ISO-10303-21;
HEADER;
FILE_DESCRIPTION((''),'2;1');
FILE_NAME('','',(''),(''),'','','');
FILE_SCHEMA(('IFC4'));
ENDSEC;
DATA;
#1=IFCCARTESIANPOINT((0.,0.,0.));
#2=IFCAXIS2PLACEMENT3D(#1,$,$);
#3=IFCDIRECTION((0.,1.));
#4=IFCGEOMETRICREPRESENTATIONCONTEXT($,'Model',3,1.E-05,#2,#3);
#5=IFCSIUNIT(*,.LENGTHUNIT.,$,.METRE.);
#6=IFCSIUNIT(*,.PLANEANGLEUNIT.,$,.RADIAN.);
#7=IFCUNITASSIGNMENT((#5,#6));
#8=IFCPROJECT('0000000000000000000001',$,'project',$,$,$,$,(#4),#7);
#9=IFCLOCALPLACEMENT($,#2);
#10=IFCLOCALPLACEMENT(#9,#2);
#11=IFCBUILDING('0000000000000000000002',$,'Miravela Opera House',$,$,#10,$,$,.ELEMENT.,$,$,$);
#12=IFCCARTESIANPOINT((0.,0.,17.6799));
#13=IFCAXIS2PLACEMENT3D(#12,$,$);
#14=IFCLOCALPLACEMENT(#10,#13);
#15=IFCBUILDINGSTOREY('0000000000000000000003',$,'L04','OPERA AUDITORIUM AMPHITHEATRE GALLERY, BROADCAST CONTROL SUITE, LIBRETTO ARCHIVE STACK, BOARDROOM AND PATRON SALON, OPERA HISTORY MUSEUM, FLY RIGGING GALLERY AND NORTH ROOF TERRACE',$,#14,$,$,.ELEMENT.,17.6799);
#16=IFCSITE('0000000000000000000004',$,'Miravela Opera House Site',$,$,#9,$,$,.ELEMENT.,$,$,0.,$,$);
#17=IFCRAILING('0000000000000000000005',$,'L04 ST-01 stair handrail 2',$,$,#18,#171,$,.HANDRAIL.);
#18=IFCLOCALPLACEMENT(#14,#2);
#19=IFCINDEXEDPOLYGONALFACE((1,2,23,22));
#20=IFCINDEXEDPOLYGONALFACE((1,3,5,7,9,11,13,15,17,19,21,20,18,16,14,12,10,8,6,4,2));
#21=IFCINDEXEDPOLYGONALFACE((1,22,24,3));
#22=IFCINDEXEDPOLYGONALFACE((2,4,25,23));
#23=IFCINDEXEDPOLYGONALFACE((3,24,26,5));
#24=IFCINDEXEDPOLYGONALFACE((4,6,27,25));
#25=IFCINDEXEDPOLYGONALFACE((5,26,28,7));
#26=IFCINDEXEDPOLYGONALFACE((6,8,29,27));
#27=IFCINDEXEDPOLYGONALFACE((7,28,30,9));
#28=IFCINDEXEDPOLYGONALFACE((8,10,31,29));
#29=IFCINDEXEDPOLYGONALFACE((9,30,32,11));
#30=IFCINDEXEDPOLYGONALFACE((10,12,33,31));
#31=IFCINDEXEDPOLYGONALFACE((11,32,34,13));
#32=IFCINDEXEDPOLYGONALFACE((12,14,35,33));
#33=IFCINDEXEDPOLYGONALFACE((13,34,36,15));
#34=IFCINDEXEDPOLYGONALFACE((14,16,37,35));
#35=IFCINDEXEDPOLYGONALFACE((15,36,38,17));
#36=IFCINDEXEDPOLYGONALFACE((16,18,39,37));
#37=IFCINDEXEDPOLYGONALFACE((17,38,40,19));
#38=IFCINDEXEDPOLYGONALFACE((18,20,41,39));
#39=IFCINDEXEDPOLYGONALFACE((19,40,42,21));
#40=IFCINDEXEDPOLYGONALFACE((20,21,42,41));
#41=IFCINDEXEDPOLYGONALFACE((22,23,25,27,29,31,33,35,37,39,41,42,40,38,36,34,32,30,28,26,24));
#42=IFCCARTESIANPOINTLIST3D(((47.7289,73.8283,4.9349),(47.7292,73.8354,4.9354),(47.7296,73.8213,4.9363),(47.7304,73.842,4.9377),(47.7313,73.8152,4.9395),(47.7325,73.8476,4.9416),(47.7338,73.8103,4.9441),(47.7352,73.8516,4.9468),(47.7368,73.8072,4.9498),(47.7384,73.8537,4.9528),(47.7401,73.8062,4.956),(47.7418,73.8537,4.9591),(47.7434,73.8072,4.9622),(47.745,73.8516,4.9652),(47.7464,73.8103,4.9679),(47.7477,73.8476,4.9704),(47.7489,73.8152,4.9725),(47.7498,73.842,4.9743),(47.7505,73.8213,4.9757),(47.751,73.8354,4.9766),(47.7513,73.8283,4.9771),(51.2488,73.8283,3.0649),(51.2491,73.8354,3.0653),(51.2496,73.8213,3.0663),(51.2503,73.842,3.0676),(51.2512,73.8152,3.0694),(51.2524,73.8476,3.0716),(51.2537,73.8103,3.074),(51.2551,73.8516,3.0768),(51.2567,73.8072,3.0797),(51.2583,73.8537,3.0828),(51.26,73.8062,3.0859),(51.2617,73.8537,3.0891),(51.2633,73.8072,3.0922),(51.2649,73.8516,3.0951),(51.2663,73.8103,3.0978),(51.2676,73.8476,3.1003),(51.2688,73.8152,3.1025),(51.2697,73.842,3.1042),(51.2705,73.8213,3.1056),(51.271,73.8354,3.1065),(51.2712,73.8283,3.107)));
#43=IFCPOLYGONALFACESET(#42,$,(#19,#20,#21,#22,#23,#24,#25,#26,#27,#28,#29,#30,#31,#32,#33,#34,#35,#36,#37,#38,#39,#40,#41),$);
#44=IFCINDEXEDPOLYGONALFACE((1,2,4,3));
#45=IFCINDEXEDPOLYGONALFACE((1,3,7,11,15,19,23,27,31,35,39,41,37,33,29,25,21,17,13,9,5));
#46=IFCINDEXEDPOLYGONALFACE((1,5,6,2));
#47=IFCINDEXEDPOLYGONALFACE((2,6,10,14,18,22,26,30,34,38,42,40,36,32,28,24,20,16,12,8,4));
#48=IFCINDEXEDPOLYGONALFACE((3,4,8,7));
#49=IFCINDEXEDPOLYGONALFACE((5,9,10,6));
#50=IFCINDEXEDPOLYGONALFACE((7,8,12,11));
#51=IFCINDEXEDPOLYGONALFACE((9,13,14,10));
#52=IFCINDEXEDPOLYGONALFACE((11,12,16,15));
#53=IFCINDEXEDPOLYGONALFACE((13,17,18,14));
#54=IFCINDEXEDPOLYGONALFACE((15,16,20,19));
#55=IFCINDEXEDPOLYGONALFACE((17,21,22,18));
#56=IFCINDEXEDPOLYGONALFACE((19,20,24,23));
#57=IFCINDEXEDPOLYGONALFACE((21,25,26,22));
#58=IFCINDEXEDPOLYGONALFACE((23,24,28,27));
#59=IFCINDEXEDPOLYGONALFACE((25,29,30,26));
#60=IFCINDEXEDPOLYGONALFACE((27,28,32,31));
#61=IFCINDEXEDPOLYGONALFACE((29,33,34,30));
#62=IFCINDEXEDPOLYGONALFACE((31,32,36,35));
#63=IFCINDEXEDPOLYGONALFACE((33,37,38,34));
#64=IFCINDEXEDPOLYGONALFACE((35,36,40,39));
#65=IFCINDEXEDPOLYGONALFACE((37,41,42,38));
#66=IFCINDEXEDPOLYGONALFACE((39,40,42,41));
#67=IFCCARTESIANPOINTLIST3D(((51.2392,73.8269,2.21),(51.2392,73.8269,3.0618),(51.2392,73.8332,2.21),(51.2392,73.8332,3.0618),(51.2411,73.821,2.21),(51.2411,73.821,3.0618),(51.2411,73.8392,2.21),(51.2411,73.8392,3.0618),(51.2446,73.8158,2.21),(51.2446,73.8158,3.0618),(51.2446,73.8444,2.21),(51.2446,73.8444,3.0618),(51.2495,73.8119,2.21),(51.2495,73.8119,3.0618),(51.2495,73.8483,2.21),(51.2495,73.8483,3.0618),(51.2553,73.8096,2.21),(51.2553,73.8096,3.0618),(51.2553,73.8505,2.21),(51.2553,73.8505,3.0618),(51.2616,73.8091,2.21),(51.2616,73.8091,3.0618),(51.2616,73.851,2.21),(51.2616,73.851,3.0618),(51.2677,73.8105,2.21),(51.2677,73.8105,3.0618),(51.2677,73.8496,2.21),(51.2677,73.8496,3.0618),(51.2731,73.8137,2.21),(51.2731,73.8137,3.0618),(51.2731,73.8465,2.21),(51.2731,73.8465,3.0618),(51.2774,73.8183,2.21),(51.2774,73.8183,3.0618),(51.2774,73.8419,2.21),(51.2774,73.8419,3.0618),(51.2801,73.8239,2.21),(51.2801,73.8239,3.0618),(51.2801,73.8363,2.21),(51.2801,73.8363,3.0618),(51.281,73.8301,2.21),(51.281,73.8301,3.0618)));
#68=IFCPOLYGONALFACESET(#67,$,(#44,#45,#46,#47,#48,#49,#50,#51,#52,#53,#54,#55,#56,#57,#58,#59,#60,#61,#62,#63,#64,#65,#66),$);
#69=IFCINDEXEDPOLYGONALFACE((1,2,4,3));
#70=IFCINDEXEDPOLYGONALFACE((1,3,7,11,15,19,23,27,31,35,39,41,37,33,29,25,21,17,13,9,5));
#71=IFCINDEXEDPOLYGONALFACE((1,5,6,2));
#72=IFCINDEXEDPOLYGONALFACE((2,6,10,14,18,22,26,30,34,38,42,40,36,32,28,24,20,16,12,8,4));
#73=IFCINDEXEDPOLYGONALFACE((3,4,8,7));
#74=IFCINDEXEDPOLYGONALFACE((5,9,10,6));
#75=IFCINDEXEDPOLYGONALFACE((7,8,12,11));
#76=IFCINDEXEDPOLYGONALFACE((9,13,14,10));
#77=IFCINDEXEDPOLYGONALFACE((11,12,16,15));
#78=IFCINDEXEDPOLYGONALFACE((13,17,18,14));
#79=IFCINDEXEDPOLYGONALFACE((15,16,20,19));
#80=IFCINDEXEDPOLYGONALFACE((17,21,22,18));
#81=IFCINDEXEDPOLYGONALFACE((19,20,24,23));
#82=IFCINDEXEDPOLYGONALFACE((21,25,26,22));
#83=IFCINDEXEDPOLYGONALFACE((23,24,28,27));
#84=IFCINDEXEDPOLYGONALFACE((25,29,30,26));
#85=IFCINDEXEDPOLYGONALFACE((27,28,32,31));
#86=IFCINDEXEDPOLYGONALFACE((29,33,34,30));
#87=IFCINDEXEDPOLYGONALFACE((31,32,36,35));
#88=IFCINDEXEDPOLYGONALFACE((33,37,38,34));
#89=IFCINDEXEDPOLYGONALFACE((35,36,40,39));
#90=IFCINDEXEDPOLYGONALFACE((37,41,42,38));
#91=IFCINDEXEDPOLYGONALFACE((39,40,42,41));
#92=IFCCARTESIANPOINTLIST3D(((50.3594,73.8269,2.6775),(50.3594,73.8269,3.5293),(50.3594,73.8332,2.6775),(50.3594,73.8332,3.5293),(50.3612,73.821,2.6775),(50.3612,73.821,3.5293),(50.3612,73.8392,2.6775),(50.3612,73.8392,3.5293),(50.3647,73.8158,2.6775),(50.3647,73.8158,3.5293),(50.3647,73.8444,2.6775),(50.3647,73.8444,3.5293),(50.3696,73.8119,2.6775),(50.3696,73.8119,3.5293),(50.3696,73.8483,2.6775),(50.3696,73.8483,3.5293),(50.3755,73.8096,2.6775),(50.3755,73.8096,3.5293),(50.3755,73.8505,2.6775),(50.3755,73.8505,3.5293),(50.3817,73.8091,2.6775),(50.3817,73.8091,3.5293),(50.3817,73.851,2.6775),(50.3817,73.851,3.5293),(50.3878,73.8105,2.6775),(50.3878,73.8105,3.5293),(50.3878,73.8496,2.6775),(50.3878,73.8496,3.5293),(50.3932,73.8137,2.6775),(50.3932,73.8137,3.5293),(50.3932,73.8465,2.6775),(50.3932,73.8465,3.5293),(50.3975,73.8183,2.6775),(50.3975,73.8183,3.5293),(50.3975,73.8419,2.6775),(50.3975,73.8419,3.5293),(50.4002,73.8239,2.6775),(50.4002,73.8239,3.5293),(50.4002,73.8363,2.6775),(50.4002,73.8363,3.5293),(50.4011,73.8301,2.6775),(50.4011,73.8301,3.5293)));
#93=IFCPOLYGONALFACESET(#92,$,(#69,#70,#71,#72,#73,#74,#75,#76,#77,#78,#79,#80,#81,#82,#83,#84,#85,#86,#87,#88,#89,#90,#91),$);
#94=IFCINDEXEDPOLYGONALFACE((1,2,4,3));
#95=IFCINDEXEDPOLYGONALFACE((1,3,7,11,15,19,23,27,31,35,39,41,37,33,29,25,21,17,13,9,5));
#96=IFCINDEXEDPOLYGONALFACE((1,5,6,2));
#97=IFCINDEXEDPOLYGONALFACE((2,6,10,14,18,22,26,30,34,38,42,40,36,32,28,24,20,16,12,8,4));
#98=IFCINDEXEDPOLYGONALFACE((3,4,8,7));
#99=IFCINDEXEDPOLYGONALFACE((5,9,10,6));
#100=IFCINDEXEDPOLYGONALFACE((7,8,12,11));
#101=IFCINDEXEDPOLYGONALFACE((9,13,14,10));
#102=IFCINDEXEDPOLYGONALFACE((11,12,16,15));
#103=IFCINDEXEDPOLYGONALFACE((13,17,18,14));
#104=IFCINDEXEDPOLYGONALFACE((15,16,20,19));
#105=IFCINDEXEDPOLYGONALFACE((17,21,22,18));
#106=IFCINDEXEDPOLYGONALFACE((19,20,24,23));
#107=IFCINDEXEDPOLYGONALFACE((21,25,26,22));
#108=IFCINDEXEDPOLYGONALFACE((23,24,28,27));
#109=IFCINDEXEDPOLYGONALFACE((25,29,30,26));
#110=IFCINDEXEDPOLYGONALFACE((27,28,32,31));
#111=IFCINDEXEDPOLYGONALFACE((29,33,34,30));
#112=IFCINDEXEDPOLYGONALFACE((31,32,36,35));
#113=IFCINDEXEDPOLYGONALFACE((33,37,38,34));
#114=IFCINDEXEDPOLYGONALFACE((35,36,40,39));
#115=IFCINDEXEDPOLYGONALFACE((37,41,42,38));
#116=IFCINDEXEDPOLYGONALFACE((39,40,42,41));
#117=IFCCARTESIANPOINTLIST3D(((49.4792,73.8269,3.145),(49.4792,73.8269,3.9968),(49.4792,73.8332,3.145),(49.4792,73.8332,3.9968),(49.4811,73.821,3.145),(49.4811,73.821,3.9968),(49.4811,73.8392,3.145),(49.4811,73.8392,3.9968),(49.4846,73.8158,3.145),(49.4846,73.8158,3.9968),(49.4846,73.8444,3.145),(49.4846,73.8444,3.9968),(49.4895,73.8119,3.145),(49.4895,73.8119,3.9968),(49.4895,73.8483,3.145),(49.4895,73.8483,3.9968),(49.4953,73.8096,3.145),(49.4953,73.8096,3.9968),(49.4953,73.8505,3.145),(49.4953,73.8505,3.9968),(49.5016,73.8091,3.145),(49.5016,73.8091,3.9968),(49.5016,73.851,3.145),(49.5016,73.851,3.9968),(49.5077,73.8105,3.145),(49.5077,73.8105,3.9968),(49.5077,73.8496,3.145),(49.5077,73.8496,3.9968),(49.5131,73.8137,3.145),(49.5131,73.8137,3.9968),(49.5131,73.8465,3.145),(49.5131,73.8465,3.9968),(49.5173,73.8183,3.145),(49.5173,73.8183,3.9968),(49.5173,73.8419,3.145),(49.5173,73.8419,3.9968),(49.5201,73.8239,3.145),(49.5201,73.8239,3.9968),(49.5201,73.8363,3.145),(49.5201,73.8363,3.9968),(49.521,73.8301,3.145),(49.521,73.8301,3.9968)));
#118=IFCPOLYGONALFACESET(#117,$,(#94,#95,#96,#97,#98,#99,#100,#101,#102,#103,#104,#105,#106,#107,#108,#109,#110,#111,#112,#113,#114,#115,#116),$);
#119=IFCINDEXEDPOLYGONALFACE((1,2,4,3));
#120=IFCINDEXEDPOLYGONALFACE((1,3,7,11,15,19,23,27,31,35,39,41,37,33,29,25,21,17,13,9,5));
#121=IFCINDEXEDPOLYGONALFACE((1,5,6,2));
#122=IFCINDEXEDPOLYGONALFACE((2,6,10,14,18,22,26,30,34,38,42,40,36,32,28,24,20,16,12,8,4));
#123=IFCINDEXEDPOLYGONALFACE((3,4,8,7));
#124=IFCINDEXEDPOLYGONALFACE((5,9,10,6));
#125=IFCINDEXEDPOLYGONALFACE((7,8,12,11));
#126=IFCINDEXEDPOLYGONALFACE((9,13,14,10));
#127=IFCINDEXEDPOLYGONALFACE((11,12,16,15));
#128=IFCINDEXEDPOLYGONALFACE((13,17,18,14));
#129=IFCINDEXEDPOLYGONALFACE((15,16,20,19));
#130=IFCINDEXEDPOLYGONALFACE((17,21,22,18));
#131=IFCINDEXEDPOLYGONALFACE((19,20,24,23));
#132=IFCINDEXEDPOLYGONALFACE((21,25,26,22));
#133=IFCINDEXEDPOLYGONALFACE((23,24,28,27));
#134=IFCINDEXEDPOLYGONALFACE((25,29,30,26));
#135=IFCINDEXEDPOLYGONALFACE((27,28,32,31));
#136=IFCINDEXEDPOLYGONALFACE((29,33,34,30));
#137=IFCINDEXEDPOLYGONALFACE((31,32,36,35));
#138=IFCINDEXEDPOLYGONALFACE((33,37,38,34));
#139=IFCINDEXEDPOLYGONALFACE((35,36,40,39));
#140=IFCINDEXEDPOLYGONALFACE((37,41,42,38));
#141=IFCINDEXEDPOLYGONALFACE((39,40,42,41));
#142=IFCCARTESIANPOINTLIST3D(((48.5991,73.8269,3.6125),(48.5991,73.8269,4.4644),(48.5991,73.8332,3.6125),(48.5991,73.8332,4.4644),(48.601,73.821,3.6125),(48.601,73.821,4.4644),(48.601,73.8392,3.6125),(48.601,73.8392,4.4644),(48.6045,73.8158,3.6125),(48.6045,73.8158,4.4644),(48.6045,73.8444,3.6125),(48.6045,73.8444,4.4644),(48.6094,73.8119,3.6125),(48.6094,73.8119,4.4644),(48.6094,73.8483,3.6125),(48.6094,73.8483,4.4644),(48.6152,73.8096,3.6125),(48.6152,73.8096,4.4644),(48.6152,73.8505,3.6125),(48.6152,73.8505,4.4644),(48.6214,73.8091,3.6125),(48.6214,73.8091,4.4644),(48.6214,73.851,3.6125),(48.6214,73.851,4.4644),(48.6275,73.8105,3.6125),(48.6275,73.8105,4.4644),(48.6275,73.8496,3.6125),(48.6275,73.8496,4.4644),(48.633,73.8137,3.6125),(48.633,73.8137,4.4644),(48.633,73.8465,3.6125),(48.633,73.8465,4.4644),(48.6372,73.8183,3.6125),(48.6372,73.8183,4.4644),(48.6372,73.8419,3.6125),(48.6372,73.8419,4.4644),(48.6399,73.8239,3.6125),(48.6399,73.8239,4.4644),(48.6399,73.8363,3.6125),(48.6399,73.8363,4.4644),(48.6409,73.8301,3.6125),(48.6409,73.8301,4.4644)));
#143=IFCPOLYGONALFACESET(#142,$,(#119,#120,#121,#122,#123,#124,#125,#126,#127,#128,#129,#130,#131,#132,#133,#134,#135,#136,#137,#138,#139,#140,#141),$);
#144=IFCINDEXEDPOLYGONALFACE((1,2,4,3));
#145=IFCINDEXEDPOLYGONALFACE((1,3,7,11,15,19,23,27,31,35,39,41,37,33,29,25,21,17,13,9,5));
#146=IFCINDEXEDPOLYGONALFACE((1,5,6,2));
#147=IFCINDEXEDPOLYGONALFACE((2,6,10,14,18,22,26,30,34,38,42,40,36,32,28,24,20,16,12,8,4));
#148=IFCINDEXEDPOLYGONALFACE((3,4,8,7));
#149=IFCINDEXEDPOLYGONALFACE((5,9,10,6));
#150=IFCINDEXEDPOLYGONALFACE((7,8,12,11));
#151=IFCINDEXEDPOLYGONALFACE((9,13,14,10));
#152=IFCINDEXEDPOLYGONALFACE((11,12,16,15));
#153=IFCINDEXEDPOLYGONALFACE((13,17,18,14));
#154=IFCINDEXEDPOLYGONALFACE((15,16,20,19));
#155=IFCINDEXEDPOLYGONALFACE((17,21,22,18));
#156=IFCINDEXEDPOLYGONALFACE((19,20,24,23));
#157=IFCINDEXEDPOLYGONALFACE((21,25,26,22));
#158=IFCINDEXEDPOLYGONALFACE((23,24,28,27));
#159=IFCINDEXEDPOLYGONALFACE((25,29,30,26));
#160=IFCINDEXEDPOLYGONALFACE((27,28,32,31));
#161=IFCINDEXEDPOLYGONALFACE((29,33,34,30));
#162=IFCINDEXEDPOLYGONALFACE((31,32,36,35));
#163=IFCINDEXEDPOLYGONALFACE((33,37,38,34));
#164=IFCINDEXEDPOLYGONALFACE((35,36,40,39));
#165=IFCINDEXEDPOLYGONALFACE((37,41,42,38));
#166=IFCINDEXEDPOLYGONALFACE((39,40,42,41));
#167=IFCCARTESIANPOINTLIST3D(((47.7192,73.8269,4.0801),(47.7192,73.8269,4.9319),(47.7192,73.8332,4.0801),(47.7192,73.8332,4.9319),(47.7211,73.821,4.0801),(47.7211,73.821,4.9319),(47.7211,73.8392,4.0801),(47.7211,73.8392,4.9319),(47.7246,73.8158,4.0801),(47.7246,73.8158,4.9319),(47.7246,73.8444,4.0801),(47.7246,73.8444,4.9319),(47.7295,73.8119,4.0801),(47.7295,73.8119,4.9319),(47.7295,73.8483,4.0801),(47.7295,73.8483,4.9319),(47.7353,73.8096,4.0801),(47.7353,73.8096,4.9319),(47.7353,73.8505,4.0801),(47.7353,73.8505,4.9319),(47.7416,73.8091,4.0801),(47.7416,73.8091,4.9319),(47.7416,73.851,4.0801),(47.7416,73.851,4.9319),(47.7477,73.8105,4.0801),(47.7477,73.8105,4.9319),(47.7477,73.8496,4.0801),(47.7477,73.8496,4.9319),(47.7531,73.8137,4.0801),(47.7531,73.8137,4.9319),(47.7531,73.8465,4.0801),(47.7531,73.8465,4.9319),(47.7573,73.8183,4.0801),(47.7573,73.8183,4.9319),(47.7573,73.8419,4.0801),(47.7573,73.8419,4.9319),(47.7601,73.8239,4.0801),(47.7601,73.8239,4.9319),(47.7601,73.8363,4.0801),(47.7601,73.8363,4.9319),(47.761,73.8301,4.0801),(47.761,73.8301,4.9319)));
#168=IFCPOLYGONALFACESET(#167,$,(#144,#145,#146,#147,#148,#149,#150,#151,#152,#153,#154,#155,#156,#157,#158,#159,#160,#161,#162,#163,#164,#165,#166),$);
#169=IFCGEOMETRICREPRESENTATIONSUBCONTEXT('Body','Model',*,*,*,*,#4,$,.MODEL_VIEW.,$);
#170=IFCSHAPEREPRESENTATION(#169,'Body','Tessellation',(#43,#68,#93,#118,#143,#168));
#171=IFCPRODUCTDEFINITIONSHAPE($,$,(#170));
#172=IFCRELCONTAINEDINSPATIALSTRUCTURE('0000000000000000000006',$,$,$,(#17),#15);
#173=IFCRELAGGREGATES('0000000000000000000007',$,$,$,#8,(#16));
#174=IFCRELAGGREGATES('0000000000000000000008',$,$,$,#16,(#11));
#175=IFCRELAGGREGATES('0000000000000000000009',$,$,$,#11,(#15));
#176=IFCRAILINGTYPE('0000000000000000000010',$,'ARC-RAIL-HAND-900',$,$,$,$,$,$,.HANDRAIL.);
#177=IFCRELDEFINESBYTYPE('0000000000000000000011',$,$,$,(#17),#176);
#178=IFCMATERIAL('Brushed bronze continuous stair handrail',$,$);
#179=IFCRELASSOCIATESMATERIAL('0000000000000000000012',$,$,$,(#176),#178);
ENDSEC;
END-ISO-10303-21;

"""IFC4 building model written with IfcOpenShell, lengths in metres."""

from ifc_helpers import new_model, si_unit, direction, frame, origin, origin_2d, place, context, subcontext, project, spatial, circle, extrude, material, type_object, element, save


model = new_model("IFC4")

# Units and contexts
model_context = context("Model", 3, precision=1e-05, world=origin(), true_north=direction((0.0, 1.0)))
body_context = subcontext(model_context, "Body", "Model", "MODEL_VIEW")
ifc_project = project(units=[si_unit("LENGTHUNIT", "METRE"), si_unit("PLANEANGLEUNIT", "RADIAN")], contexts=[model_context])

# Site, building, storey
site_placement = place(None, origin())
site = spatial("IfcSite", under=ifc_project, at=site_placement, Name="Miravela Opera House Site", CompositionType="ELEMENT", RefElevation=0.0)
building_placement = place(site_placement, origin())
building = spatial("IfcBuilding", under=site, at=building_placement, Name="Miravela Opera House", CompositionType="ELEMENT")
storey_placement = place(building_placement, frame((0.0, 0.0, 17.6799)))
storey = spatial("IfcBuildingStorey", under=building, at=storey_placement, Name="L04", Description="OPERA AUDITORIUM AMPHITHEATRE GALLERY, BROADCAST CONTROL SUITE, LIBRETTO ARCHIVE STACK, BOARDROOM AND PATRON SALON, OPERA HISTORY MUSEUM, FLY RIGGING GALLERY AND NORTH ROOF TERRACE", CompositionType="ELEMENT", Elevation=17.6799)

# Railing
ifc_material_1 = material(Name="Brushed bronze continuous stair handrail")
railing_type_1 = type_object("IfcRailingType", Name="ARC-RAIL-HAND-900", PredefinedType="HANDRAIL", material=ifc_material_1)
railing_1_placement = place(storey_placement, frame((51.26, 73.8301, 2.21)))
element("IfcRailing", 1, at=railing_1_placement, inside=storey, type_object=railing_type_1, Name="L04 ST-01 stair handrail 2", PredefinedType="HANDRAIL", context=body_context, shape_type="SweptSolid", body=[
    extrude(circle(Radius=0.0239, at=origin_2d()), frame((0.0, 0.0, 0.876), z_axis=(-0.883105, 0.0, 0.469176), x_axis=(0.0, -1.0, 0.0)), (0.0, 0.0, 1.0), 3.9858),
    extrude(circle(Radius=0.021, at=origin_2d()), origin(), (0.0, 0.0, 1.0), 0.8518),
    extrude(circle(Radius=0.021, at=origin_2d()), frame((-0.8799, 0.0, 0.4675)), (0.0, 0.0, 1.0), 0.8518),
    extrude(circle(Radius=0.021, at=origin_2d()), frame((-1.76, 0.0, 0.9351)), (0.0, 0.0, 1.0), 0.8518),
    extrude(circle(Radius=0.021, at=origin_2d()), frame((-2.6401, 0.0, 1.4026)), (0.0, 0.0, 1.0), 0.8518),
    extrude(circle(Radius=0.021, at=origin_2d()), frame((-3.52, 0.0, 1.8701)), (0.0, 0.0, 1.0), 0.8518),
])

save(model, "model.ifc")
